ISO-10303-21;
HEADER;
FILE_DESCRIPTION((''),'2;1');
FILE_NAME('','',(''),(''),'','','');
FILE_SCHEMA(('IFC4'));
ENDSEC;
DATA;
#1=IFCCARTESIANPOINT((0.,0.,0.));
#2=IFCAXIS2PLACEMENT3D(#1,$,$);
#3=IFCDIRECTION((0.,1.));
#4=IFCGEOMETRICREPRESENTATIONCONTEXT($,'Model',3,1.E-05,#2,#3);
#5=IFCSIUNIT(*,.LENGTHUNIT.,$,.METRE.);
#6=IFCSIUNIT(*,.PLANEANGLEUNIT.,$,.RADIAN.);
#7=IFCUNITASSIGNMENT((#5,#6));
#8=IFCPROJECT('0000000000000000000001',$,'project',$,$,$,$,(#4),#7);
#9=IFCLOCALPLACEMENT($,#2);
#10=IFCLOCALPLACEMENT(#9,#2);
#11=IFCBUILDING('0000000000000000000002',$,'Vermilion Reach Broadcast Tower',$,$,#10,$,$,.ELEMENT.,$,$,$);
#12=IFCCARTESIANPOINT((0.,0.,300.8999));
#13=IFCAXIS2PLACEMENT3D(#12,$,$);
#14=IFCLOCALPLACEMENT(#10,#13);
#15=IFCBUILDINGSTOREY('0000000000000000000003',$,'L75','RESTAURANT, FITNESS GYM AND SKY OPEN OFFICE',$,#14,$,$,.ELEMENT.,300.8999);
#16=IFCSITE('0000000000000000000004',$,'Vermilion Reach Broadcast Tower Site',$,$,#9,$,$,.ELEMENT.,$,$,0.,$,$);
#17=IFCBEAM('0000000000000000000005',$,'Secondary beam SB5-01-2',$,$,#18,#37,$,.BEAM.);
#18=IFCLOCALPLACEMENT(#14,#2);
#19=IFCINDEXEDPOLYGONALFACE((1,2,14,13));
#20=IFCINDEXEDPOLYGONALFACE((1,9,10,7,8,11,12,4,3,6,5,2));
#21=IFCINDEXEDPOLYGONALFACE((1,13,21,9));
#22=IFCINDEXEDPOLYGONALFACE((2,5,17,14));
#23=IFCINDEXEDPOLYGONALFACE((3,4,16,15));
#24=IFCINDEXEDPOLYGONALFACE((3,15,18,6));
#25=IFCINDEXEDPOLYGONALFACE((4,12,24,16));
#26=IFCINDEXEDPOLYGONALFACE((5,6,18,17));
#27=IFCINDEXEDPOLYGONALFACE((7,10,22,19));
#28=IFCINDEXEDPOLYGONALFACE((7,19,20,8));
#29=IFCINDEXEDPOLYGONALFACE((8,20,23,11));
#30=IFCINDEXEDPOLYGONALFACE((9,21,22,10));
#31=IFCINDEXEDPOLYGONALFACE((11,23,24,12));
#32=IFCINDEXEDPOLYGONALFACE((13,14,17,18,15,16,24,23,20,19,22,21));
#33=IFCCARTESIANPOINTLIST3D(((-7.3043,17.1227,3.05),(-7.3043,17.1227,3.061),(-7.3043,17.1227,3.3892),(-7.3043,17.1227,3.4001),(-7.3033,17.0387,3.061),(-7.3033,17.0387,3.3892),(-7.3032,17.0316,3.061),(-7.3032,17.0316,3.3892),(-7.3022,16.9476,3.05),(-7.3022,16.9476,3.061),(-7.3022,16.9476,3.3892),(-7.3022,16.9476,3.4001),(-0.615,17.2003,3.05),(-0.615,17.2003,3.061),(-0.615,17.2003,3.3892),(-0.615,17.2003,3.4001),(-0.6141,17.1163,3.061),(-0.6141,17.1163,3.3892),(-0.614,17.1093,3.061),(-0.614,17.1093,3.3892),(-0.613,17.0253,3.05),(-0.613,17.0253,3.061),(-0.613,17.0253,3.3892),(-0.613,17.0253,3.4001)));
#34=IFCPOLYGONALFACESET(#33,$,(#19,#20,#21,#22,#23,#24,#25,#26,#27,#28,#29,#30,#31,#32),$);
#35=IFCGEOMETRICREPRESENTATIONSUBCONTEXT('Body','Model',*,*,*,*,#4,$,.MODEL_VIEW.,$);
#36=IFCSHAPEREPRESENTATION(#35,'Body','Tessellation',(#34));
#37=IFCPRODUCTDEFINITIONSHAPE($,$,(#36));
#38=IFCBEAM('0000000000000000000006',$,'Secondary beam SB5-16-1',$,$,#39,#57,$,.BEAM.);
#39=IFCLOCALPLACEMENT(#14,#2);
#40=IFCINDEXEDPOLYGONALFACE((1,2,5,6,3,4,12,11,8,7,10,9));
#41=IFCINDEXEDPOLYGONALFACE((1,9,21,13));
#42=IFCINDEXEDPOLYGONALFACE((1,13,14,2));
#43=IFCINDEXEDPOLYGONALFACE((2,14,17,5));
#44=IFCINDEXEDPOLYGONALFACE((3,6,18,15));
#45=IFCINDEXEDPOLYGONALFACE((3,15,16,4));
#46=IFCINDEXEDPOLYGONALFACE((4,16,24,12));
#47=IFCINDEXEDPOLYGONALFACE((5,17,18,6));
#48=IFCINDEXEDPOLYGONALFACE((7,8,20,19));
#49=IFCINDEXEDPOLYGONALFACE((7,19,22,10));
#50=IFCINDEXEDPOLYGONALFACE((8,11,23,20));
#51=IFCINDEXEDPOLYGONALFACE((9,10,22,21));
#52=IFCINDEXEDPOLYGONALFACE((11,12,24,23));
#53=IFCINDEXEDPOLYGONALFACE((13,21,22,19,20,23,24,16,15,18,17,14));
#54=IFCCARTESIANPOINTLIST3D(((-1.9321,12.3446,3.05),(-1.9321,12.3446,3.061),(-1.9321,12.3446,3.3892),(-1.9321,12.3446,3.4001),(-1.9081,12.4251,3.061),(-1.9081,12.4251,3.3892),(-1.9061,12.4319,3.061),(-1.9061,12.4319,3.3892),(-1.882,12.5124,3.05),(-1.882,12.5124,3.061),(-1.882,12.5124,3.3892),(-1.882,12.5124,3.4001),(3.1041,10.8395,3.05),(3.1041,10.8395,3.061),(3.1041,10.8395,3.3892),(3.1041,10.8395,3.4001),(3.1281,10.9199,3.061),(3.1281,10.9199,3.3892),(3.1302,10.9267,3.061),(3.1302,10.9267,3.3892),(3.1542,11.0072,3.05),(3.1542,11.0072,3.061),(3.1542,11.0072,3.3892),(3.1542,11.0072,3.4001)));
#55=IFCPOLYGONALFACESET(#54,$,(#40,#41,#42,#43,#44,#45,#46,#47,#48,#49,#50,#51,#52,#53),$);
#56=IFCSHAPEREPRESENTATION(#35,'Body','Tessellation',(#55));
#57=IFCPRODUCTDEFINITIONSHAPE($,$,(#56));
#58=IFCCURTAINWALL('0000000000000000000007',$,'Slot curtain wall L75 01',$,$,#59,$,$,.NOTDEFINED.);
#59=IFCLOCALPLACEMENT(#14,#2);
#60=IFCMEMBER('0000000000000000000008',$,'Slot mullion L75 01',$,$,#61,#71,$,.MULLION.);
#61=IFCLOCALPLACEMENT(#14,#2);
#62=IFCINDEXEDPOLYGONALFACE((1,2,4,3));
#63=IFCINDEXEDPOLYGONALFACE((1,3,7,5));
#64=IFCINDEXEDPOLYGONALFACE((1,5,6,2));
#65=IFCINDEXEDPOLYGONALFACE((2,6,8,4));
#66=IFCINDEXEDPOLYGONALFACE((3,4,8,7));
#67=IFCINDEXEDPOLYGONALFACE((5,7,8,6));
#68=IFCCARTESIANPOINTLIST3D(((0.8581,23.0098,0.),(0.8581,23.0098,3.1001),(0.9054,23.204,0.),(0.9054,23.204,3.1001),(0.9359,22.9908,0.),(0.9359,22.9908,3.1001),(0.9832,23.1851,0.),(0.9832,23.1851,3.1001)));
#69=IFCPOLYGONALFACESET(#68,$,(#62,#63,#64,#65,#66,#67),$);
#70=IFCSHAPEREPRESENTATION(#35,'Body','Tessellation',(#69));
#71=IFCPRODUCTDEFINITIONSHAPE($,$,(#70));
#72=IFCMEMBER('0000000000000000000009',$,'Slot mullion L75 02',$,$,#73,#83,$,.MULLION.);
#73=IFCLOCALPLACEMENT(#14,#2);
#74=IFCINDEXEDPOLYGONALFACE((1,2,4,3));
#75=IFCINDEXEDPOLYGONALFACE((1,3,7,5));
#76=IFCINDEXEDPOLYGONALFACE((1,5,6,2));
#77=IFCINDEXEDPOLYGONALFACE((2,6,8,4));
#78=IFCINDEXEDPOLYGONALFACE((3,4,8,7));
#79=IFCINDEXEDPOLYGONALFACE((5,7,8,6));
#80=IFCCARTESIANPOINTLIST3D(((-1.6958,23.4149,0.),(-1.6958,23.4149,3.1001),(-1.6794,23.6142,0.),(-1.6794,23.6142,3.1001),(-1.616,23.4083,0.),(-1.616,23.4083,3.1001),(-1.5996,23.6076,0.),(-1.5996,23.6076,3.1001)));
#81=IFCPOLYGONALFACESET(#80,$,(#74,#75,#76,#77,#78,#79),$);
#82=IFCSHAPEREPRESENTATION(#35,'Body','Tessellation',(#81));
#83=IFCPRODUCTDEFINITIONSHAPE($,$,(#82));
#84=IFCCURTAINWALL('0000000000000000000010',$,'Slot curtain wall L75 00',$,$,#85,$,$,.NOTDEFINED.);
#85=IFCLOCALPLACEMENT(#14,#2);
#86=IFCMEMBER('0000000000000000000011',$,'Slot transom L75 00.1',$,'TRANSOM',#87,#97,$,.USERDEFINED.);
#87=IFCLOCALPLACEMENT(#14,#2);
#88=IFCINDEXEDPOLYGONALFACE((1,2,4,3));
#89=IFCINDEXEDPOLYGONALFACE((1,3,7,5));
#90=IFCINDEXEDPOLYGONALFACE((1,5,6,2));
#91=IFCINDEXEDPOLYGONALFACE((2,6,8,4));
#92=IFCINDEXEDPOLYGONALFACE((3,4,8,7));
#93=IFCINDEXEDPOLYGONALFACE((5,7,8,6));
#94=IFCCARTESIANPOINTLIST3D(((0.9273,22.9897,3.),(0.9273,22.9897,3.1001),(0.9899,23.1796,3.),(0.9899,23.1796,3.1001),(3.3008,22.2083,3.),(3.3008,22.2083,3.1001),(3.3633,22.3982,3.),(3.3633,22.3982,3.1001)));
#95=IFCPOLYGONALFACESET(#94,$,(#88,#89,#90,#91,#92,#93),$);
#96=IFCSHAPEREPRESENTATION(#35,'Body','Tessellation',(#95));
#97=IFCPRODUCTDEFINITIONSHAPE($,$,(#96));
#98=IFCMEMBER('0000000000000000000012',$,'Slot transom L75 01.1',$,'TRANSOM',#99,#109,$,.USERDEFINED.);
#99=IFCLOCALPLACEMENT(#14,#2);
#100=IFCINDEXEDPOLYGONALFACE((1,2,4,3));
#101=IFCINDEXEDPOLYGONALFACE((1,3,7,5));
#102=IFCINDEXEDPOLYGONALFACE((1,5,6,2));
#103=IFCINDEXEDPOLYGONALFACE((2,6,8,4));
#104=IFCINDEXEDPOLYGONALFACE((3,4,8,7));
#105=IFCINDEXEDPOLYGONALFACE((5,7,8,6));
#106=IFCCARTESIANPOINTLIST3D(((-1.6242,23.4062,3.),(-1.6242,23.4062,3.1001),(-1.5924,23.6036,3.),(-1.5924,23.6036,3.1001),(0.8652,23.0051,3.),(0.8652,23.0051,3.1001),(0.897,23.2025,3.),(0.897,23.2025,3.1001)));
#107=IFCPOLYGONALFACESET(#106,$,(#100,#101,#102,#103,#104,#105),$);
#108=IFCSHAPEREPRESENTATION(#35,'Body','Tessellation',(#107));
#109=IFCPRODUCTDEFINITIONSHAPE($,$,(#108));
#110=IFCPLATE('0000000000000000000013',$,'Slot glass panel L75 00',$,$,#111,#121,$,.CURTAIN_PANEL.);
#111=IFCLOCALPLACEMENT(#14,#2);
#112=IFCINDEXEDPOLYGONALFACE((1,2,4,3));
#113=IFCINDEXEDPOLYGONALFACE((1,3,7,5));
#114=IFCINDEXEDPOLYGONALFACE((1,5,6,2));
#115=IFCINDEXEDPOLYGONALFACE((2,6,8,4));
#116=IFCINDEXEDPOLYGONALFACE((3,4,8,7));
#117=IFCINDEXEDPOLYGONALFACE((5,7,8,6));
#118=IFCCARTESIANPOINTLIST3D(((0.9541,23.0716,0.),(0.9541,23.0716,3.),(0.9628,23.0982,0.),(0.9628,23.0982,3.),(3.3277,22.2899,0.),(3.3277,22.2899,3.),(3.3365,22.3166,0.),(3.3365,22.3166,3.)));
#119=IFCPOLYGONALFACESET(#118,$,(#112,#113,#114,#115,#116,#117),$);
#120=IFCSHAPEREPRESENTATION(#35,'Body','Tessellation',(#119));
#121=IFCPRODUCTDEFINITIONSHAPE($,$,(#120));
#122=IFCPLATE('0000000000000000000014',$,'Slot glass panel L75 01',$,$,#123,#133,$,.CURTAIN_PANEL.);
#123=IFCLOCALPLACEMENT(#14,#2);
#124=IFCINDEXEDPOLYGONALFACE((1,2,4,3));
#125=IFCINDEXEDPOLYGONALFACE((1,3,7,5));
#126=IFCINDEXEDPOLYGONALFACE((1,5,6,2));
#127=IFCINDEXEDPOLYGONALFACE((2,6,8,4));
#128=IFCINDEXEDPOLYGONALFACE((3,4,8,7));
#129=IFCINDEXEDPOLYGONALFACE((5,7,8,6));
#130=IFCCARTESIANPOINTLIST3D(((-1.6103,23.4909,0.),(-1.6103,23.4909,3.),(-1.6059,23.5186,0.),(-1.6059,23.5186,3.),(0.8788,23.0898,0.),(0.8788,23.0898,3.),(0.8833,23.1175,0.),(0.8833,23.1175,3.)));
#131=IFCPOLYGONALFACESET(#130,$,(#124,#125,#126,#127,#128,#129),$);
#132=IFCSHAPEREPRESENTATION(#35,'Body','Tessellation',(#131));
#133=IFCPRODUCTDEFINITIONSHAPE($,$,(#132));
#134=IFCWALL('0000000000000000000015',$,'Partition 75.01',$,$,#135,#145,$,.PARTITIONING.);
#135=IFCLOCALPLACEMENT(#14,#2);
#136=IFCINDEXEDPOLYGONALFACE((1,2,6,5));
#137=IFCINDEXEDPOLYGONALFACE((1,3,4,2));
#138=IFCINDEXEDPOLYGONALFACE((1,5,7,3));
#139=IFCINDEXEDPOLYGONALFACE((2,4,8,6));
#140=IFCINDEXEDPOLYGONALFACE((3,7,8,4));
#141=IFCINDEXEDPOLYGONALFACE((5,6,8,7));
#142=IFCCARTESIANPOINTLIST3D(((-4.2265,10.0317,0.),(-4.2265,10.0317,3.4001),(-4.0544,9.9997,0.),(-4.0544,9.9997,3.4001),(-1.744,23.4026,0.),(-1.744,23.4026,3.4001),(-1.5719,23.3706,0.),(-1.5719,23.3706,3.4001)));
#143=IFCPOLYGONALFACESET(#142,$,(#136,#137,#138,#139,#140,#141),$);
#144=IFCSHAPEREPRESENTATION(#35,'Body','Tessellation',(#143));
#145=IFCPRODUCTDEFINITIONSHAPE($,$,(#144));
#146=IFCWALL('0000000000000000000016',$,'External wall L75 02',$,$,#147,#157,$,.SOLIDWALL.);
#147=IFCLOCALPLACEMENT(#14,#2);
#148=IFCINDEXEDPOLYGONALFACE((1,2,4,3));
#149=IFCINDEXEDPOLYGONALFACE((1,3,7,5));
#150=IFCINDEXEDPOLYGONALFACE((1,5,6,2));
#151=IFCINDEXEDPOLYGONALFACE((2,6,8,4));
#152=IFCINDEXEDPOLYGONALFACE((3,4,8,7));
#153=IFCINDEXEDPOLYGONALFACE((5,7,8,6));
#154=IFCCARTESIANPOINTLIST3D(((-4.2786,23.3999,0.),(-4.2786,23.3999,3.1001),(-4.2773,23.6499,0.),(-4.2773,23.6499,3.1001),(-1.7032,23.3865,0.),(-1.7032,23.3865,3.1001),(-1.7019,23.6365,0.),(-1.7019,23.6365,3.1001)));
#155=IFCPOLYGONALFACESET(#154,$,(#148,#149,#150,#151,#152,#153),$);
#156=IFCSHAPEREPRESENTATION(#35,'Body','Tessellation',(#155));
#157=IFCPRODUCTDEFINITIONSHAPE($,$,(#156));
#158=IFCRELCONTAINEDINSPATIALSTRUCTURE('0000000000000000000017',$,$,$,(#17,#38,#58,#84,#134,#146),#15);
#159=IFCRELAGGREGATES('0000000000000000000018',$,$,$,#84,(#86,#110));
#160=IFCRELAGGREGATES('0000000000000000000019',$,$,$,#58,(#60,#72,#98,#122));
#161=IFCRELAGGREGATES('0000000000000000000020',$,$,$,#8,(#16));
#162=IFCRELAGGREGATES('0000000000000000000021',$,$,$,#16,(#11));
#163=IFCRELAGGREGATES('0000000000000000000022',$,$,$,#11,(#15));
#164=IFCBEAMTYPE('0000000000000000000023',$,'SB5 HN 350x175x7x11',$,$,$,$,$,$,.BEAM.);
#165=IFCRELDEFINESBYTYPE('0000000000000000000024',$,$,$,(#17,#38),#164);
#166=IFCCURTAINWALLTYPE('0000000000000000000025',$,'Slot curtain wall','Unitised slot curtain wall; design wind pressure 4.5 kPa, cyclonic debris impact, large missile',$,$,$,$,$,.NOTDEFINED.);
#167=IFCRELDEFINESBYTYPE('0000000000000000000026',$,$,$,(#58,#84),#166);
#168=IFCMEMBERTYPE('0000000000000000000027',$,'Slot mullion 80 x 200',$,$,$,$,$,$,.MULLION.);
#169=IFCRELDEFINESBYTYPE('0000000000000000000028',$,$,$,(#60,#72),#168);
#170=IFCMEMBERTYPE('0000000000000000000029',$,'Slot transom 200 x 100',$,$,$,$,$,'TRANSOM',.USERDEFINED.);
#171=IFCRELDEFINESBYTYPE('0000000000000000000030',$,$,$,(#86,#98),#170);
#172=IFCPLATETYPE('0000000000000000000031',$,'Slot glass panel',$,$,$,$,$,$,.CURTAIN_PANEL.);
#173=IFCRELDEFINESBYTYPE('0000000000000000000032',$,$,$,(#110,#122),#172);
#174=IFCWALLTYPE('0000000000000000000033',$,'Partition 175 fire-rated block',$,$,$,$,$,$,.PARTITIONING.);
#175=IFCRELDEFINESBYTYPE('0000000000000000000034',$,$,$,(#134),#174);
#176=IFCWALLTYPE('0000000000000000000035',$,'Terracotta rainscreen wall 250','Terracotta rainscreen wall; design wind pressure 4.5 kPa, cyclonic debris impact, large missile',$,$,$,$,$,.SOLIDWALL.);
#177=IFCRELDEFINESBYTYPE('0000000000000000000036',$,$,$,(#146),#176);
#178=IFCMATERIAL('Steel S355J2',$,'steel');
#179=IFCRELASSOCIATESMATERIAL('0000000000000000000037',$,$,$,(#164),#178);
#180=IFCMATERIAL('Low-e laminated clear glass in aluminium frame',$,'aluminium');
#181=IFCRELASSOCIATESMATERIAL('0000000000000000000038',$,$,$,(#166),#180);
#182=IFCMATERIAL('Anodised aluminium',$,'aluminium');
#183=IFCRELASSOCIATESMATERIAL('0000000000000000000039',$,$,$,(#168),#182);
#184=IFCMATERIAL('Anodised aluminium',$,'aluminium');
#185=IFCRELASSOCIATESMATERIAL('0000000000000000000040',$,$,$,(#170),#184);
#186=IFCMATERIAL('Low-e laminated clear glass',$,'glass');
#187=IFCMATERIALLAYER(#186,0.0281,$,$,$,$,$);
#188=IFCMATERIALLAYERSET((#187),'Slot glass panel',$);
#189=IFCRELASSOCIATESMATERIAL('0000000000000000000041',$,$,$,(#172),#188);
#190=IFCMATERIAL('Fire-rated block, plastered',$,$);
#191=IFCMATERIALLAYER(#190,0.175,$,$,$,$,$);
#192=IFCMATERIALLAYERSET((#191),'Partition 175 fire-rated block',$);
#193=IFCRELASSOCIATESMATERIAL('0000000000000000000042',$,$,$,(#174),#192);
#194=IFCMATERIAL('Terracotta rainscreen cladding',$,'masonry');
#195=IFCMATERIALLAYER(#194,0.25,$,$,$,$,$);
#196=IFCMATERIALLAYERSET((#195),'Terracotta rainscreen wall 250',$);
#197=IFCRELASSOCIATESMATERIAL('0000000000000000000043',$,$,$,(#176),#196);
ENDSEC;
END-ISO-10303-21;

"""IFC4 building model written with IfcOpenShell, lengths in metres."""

from ifc_helpers import new_model, si_unit, direction, frame, frame_2d, origin, origin_2d, place, context, subcontext, project, spatial, rectangle, i_section, extrude, material, layer, layer_set, material_profile, profile_set, type_object, element, aggregate, save


model = new_model("IFC4")

# Units and contexts
model_context = context("Model", 3, precision=1e-05, world=origin(), true_north=direction((0.0, 1.0)))
body_context = subcontext(model_context, "Body", "Model", "MODEL_VIEW")
ifc_project = project(units=[si_unit("LENGTHUNIT", "METRE"), si_unit("PLANEANGLEUNIT", "RADIAN")], contexts=[model_context])

# Site, building, storey
site_placement = place(None, origin())
site = spatial("IfcSite", under=ifc_project, at=site_placement, Name="Vermilion Reach Broadcast Tower Site", CompositionType="ELEMENT", RefElevation=0.0)
building_placement = place(site_placement, origin())
building = spatial("IfcBuilding", under=site, at=building_placement, Name="Vermilion Reach Broadcast Tower", CompositionType="ELEMENT")
storey_placement = place(building_placement, frame((0.0, 0.0, 300.8999)))
storey = spatial("IfcBuildingStorey", under=building, at=storey_placement, Name="L75", Description="RESTAURANT, FITNESS GYM AND SKY OPEN OFFICE", CompositionType="ELEMENT", Elevation=300.8999)

# Beams
ifc_material_1 = material(Name="Steel S355J2", Category="steel")
ifc_material_profile_1 = material_profile(ifc_material_1, i_section(OverallWidth=0.175, OverallDepth=0.3501, WebThickness=0.0071, FlangeThickness=0.011, at=origin_2d()), Name="S355J2 HN 350x175x7x11")
ifc_profile_set_1 = profile_set([ifc_material_profile_1], Name="Steel S355J2")
beam_type_1 = type_object("IfcBeamType", Name="SB5 HN 350x175x7x11", PredefinedType="BEAM", material=ifc_profile_set_1)
beam_1_placement = place(storey_placement, frame((-0.614, 17.1128, 3.2251), z_axis=(-0.999933, -0.011605, 0.0), x_axis=(0.011605, -0.999933, 0.0)))
element("IfcBeam", 1, at=beam_1_placement, inside=storey, type_object=beam_type_1, Name="Secondary beam SB5-01-2", PredefinedType="BEAM", context=body_context, shape_type="SweptSolid", body=[
    extrude(i_section(OverallWidth=0.175, OverallDepth=0.3501, WebThickness=0.0071, FlangeThickness=0.011, at=origin_2d()), origin(), (0.0, 0.0, 1.0), 6.6897),
])
beam_2_placement = place(storey_placement, frame((3.1292, 10.9233, 3.2251), z_axis=(-0.958125, 0.286351, 0.0), x_axis=(-0.286351, -0.958125, 0.0)))
element("IfcBeam", 2, at=beam_2_placement, inside=storey, type_object=beam_type_1, Name="Secondary beam SB5-16-1", PredefinedType="BEAM", context=body_context, shape_type="SweptSolid", body=[
    extrude(i_section(OverallWidth=0.175, OverallDepth=0.3501, WebThickness=0.0071, FlangeThickness=0.011, at=origin_2d()), origin(), (0.0, 0.0, 1.0), 5.2563),
])

# Curtain wall, members
ifc_material_2 = material(Name="Low-e laminated clear glass in aluminium frame", Category="aluminium")
curtain_wall_type = type_object("IfcCurtainWallType", Name="Slot curtain wall", Description="Unitised slot curtain wall; design wind pressure 4.5 kPa, cyclonic debris impact, large missile", PredefinedType="NOTDEFINED", material=ifc_material_2)
placement = place(storey_placement, origin())
curtain_wall_1 = element("IfcCurtainWall", 3, at=placement, inside=storey, type_object=curtain_wall_type, Name="Slot curtain wall L75 01", PredefinedType="NOTDEFINED")
ifc_material_3 = material(Name="Anodised aluminium", Category="aluminium")
ifc_material_profile_2 = material_profile(ifc_material_3, rectangle(XDim=0.2, YDim=0.0801, at=origin_2d()), Name="Slot mullion 80 x 200")
ifc_profile_set_2 = profile_set([ifc_material_profile_2], Name="Anodised aluminium")
member_type_1 = type_object("IfcMemberType", Name="Slot mullion 80 x 200", PredefinedType="MULLION", material=ifc_profile_set_2)
member_1_placement = place(storey_placement, frame((0.9207, 23.0974, 0.0), z_axis=(0.0, 0.0, 1.0), x_axis=(-0.236687, -0.971586, 0.0)))
member_1 = element("IfcMember", 4, at=member_1_placement, type_object=member_type_1, Name="Slot mullion L75 01", PredefinedType="MULLION", context=body_context, shape_type="SweptSolid", body=[
    extrude(rectangle(XDim=0.2, YDim=0.0801, at=origin_2d()), origin(), (0.0, 0.0, 1.0), 3.1001),
])
member_2_placement = place(storey_placement, frame((-1.6477, 23.5112, 0.0), z_axis=(0.0, 0.0, 1.0), x_axis=(-0.082399, -0.996599, 0.0)))
member_2 = element("IfcMember", 5, at=member_2_placement, type_object=member_type_1, Name="Slot mullion L75 02", PredefinedType="MULLION", context=body_context, shape_type="SweptSolid", body=[
    extrude(rectangle(XDim=0.2, YDim=0.0801, at=origin_2d()), origin(), (0.0, 0.0, 1.0), 3.1001),
])

# Curtain wall, member
curtain_wall_2 = element("IfcCurtainWall", 6, at=placement, inside=storey, type_object=curtain_wall_type, Name="Slot curtain wall L75 00", PredefinedType="NOTDEFINED")
ifc_material_4 = material(Name="Anodised aluminium", Category="aluminium")
ifc_material_profile_3 = material_profile(ifc_material_4, rectangle(XDim=0.2, YDim=0.1001, at=origin_2d()), Name="Slot transom 200 x 100")
ifc_profile_set_3 = profile_set([ifc_material_profile_3], Name="Anodised aluminium")
member_type_2 = type_object("IfcMemberType", Name="Slot transom 200 x 100", ElementType="TRANSOM", PredefinedType="USERDEFINED", material=ifc_profile_set_3)
member_3_placement = place(storey_placement, frame((3.332, 22.3032, 3.05), z_axis=(-0.94984, 0.312738, 0.0), x_axis=(-0.312738, -0.94984, 0.0)))
member_3 = element("IfcMember", 7, at=member_3_placement, type_object=member_type_2, Name="Slot transom L75 00.1", ObjectType="TRANSOM", PredefinedType="USERDEFINED", context=body_context, shape_type="SweptSolid", body=[
    extrude(rectangle(XDim=0.2, YDim=0.1001, at=origin_2d()), origin(), (0.0, 0.0, 1.0), 2.4988),
])

# Member
member_4_placement = place(storey_placement, frame((0.8811, 23.1038, 3.05), z_axis=(-0.987264, 0.159089, 0.0), x_axis=(-0.159089, -0.987264, 0.0)))
member_4 = element("IfcMember", 8, at=member_4_placement, type_object=member_type_2, Name="Slot transom L75 01.1", ObjectType="TRANSOM", PredefinedType="USERDEFINED", context=body_context, shape_type="SweptSolid", body=[
    extrude(rectangle(XDim=0.2, YDim=0.1001, at=origin_2d()), origin(), (0.0, 0.0, 1.0), 2.5215),
])

# Plates
ifc_material_5 = material(Name="Low-e laminated clear glass", Category="glass")
ifc_layer_1 = layer(ifc_material_5, 0.0281)
ifc_layer_set_1 = layer_set([ifc_layer_1], Name="Slot glass panel")
plate_type = type_object("IfcPlateType", Name="Slot glass panel", PredefinedType="CURTAIN_PANEL", material=ifc_layer_set_1)
plate_1_placement = place(storey_placement, frame((2.1453, 22.6941, 0.0), z_axis=(0.0, 0.0, 1.0), x_axis=(-0.949826, 0.312778, 0.0)))
plate_1 = element("IfcPlate", 9, at=plate_1_placement, type_object=plate_type, Name="Slot glass panel L75 00", PredefinedType="CURTAIN_PANEL", context=body_context, shape_type="SweptSolid", body=[
    extrude(rectangle(XDim=2.499, YDim=0.0281, at=origin_2d()), origin(), (0.0, 0.0, 1.0), 3.0),
])
aggregate(curtain_wall_2, [member_3, plate_1])
plate_2_placement = place(storey_placement, frame((-0.3635, 23.3042, 0.0), z_axis=(0.0, 0.0, 1.0), x_axis=(-0.98726, 0.159113, 0.0)))
plate_2 = element("IfcPlate", 10, at=plate_2_placement, type_object=plate_type, Name="Slot glass panel L75 01", PredefinedType="CURTAIN_PANEL", context=body_context, shape_type="SweptSolid", body=[
    extrude(rectangle(XDim=2.5212, YDim=0.0281, at=origin_2d()), origin(), (0.0, 0.0, 1.0), 3.0),
])
aggregate(curtain_wall_1, [member_1, member_2, member_4, plate_2])

# Walls
ifc_material_6 = material(Name="Fire-rated block, plastered")
ifc_layer_2 = layer(ifc_material_6, 0.175)
ifc_layer_set_2 = layer_set([ifc_layer_2], Name="Partition 175 fire-rated block")
wall_type_1 = type_object("IfcWallType", Name="Partition 175 fire-rated block", PredefinedType="PARTITIONING", material=ifc_layer_set_2)
wall_1_placement = place(storey_placement, frame((-1.658, 23.3867, 0.0), z_axis=(0.0, 0.0, 1.0), x_axis=(-0.18254, -0.983198, 0.0)))
element("IfcWall", 11, at=wall_1_placement, inside=storey, type_object=wall_type_1, Name="Partition 75.01", PredefinedType="PARTITIONING", context=body_context, shape_type="SweptSolid", body=[
    extrude(rectangle(XDim=13.5994, YDim=0.175, at=frame_2d((6.7998, 0.0))), origin(), (0.0, 0.0, 1.0), 3.4001),
])
ifc_material_7 = material(Name="Terracotta rainscreen cladding", Category="masonry")
ifc_layer_3 = layer(ifc_material_7, 0.25)
ifc_layer_set_3 = layer_set([ifc_layer_3], Name="Terracotta rainscreen wall 250")
wall_type_2 = type_object("IfcWallType", Name="Terracotta rainscreen wall 250", Description="Terracotta rainscreen wall; design wind pressure 4.5 kPa, cyclonic debris impact, large missile", PredefinedType="SOLIDWALL", material=ifc_layer_set_3)
wall_2_placement = place(storey_placement, frame((-1.7026, 23.5115, 0.0), z_axis=(0.0, 0.0, 1.0), x_axis=(-0.999986, 0.005214, 0.0)))
element("IfcWall", 12, at=wall_2_placement, inside=storey, type_object=wall_type_2, Name="External wall L75 02", PredefinedType="SOLIDWALL", context=body_context, shape_type="SweptSolid", body=[
    extrude(rectangle(XDim=2.5754, YDim=0.25, at=frame_2d((1.2876, 0.0))), origin(), (0.0, 0.0, 1.0), 3.1001),
])

save(model, "model.ifc")
